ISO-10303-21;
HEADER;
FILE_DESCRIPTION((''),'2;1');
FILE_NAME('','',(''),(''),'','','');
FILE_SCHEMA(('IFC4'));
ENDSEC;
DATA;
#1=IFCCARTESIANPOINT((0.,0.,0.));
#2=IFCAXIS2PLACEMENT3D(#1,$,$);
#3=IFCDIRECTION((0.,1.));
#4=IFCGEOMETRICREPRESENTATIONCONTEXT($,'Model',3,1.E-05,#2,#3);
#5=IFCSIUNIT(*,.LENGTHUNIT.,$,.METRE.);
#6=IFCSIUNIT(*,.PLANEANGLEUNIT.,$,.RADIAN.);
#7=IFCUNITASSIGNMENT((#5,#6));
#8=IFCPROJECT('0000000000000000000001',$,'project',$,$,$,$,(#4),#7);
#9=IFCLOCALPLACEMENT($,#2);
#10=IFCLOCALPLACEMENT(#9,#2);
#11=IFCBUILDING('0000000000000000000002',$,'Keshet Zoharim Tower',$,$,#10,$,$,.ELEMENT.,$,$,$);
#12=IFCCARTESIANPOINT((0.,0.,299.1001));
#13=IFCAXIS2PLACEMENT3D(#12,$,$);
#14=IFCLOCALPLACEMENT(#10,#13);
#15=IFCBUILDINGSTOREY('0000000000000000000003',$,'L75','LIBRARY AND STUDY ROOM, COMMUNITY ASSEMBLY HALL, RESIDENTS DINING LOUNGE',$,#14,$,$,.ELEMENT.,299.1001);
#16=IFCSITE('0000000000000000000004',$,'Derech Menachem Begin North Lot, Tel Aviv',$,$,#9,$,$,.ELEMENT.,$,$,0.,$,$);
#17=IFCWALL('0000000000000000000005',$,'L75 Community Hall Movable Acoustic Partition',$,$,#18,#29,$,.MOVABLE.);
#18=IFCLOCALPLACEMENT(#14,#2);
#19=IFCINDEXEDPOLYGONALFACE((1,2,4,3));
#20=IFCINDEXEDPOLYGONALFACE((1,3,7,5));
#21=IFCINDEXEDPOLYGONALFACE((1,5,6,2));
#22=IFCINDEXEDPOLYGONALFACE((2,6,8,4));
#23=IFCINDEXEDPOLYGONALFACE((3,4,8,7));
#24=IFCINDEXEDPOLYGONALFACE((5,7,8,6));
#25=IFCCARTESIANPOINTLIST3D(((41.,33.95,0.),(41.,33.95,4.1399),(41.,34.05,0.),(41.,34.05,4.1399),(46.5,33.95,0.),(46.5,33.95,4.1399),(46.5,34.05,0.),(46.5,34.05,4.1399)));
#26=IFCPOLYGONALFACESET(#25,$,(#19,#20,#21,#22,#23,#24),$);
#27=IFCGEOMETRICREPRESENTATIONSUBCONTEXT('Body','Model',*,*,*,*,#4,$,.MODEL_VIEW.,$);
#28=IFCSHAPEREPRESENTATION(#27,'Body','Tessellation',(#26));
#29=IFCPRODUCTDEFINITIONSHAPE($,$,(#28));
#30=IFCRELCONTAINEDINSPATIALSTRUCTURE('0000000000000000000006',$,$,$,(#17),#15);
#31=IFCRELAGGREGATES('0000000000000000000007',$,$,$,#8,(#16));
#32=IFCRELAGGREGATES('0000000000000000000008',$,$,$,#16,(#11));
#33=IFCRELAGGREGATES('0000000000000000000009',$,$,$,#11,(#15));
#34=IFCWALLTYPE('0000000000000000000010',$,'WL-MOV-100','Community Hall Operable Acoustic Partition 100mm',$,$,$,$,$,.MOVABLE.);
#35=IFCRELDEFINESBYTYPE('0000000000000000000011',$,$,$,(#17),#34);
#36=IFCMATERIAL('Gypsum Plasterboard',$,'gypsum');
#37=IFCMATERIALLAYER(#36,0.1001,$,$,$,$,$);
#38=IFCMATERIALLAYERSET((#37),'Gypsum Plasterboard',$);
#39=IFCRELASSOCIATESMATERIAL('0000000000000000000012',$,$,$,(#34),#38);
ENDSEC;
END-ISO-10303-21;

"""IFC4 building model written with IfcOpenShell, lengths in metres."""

from ifc_helpers import new_model, si_unit, direction, frame, frame_2d, origin, place, context, subcontext, project, spatial, rectangle, extrude, material, layer, layer_set, type_object, element, save


model = new_model("IFC4")

# Units and contexts
model_context = context("Model", 3, precision=1e-05, world=origin(), true_north=direction((0.0, 1.0)))
body_context = subcontext(model_context, "Body", "Model", "MODEL_VIEW")
ifc_project = project(units=[si_unit("LENGTHUNIT", "METRE"), si_unit("PLANEANGLEUNIT", "RADIAN")], contexts=[model_context])

# Site, building, storey
site_placement = place(None, origin())
site = spatial("IfcSite", under=ifc_project, at=site_placement, Name="Derech Menachem Begin North Lot, Tel Aviv", CompositionType="ELEMENT", RefElevation=0.0)
building_placement = place(site_placement, origin())
building = spatial("IfcBuilding", under=site, at=building_placement, Name="Keshet Zoharim Tower", CompositionType="ELEMENT")
storey_placement = place(building_placement, frame((0.0, 0.0, 299.1001)))
storey = spatial("IfcBuildingStorey", under=building, at=storey_placement, Name="L75", Description="LIBRARY AND STUDY ROOM, COMMUNITY ASSEMBLY HALL, RESIDENTS DINING LOUNGE", CompositionType="ELEMENT", Elevation=299.1001)

# Shared definitions
ifc_material_1 = material(Name="Gypsum Plasterboard", Category="gypsum")

# Wall
ifc_layer_1 = layer(ifc_material_1, 0.1001)
ifc_layer_set_1 = layer_set([ifc_layer_1], Name="Gypsum Plasterboard")
wall_type_1 = type_object("IfcWallType", Name="WL-MOV-100", Description="Community Hall Operable Acoustic Partition 100mm", PredefinedType="MOVABLE", material=ifc_layer_set_1)
wall_1_placement = place(storey_placement, frame((41.0, 34.0, 0.0), z_axis=(0.0, 0.0, 1.0), x_axis=(1.0, 0.0, 0.0)))
element("IfcWall", 1, at=wall_1_placement, inside=storey, type_object=wall_type_1, Name="L75 Community Hall Movable Acoustic Partition", PredefinedType="MOVABLE", context=body_context, shape_type="SweptSolid", body=[
    extrude(rectangle(XDim=5.5, YDim=0.1001, at=frame_2d((2.75, 0.0))), origin(), (0.0, 0.0, 1.0), 4.1399),
])

save(model, "model.ifc")
